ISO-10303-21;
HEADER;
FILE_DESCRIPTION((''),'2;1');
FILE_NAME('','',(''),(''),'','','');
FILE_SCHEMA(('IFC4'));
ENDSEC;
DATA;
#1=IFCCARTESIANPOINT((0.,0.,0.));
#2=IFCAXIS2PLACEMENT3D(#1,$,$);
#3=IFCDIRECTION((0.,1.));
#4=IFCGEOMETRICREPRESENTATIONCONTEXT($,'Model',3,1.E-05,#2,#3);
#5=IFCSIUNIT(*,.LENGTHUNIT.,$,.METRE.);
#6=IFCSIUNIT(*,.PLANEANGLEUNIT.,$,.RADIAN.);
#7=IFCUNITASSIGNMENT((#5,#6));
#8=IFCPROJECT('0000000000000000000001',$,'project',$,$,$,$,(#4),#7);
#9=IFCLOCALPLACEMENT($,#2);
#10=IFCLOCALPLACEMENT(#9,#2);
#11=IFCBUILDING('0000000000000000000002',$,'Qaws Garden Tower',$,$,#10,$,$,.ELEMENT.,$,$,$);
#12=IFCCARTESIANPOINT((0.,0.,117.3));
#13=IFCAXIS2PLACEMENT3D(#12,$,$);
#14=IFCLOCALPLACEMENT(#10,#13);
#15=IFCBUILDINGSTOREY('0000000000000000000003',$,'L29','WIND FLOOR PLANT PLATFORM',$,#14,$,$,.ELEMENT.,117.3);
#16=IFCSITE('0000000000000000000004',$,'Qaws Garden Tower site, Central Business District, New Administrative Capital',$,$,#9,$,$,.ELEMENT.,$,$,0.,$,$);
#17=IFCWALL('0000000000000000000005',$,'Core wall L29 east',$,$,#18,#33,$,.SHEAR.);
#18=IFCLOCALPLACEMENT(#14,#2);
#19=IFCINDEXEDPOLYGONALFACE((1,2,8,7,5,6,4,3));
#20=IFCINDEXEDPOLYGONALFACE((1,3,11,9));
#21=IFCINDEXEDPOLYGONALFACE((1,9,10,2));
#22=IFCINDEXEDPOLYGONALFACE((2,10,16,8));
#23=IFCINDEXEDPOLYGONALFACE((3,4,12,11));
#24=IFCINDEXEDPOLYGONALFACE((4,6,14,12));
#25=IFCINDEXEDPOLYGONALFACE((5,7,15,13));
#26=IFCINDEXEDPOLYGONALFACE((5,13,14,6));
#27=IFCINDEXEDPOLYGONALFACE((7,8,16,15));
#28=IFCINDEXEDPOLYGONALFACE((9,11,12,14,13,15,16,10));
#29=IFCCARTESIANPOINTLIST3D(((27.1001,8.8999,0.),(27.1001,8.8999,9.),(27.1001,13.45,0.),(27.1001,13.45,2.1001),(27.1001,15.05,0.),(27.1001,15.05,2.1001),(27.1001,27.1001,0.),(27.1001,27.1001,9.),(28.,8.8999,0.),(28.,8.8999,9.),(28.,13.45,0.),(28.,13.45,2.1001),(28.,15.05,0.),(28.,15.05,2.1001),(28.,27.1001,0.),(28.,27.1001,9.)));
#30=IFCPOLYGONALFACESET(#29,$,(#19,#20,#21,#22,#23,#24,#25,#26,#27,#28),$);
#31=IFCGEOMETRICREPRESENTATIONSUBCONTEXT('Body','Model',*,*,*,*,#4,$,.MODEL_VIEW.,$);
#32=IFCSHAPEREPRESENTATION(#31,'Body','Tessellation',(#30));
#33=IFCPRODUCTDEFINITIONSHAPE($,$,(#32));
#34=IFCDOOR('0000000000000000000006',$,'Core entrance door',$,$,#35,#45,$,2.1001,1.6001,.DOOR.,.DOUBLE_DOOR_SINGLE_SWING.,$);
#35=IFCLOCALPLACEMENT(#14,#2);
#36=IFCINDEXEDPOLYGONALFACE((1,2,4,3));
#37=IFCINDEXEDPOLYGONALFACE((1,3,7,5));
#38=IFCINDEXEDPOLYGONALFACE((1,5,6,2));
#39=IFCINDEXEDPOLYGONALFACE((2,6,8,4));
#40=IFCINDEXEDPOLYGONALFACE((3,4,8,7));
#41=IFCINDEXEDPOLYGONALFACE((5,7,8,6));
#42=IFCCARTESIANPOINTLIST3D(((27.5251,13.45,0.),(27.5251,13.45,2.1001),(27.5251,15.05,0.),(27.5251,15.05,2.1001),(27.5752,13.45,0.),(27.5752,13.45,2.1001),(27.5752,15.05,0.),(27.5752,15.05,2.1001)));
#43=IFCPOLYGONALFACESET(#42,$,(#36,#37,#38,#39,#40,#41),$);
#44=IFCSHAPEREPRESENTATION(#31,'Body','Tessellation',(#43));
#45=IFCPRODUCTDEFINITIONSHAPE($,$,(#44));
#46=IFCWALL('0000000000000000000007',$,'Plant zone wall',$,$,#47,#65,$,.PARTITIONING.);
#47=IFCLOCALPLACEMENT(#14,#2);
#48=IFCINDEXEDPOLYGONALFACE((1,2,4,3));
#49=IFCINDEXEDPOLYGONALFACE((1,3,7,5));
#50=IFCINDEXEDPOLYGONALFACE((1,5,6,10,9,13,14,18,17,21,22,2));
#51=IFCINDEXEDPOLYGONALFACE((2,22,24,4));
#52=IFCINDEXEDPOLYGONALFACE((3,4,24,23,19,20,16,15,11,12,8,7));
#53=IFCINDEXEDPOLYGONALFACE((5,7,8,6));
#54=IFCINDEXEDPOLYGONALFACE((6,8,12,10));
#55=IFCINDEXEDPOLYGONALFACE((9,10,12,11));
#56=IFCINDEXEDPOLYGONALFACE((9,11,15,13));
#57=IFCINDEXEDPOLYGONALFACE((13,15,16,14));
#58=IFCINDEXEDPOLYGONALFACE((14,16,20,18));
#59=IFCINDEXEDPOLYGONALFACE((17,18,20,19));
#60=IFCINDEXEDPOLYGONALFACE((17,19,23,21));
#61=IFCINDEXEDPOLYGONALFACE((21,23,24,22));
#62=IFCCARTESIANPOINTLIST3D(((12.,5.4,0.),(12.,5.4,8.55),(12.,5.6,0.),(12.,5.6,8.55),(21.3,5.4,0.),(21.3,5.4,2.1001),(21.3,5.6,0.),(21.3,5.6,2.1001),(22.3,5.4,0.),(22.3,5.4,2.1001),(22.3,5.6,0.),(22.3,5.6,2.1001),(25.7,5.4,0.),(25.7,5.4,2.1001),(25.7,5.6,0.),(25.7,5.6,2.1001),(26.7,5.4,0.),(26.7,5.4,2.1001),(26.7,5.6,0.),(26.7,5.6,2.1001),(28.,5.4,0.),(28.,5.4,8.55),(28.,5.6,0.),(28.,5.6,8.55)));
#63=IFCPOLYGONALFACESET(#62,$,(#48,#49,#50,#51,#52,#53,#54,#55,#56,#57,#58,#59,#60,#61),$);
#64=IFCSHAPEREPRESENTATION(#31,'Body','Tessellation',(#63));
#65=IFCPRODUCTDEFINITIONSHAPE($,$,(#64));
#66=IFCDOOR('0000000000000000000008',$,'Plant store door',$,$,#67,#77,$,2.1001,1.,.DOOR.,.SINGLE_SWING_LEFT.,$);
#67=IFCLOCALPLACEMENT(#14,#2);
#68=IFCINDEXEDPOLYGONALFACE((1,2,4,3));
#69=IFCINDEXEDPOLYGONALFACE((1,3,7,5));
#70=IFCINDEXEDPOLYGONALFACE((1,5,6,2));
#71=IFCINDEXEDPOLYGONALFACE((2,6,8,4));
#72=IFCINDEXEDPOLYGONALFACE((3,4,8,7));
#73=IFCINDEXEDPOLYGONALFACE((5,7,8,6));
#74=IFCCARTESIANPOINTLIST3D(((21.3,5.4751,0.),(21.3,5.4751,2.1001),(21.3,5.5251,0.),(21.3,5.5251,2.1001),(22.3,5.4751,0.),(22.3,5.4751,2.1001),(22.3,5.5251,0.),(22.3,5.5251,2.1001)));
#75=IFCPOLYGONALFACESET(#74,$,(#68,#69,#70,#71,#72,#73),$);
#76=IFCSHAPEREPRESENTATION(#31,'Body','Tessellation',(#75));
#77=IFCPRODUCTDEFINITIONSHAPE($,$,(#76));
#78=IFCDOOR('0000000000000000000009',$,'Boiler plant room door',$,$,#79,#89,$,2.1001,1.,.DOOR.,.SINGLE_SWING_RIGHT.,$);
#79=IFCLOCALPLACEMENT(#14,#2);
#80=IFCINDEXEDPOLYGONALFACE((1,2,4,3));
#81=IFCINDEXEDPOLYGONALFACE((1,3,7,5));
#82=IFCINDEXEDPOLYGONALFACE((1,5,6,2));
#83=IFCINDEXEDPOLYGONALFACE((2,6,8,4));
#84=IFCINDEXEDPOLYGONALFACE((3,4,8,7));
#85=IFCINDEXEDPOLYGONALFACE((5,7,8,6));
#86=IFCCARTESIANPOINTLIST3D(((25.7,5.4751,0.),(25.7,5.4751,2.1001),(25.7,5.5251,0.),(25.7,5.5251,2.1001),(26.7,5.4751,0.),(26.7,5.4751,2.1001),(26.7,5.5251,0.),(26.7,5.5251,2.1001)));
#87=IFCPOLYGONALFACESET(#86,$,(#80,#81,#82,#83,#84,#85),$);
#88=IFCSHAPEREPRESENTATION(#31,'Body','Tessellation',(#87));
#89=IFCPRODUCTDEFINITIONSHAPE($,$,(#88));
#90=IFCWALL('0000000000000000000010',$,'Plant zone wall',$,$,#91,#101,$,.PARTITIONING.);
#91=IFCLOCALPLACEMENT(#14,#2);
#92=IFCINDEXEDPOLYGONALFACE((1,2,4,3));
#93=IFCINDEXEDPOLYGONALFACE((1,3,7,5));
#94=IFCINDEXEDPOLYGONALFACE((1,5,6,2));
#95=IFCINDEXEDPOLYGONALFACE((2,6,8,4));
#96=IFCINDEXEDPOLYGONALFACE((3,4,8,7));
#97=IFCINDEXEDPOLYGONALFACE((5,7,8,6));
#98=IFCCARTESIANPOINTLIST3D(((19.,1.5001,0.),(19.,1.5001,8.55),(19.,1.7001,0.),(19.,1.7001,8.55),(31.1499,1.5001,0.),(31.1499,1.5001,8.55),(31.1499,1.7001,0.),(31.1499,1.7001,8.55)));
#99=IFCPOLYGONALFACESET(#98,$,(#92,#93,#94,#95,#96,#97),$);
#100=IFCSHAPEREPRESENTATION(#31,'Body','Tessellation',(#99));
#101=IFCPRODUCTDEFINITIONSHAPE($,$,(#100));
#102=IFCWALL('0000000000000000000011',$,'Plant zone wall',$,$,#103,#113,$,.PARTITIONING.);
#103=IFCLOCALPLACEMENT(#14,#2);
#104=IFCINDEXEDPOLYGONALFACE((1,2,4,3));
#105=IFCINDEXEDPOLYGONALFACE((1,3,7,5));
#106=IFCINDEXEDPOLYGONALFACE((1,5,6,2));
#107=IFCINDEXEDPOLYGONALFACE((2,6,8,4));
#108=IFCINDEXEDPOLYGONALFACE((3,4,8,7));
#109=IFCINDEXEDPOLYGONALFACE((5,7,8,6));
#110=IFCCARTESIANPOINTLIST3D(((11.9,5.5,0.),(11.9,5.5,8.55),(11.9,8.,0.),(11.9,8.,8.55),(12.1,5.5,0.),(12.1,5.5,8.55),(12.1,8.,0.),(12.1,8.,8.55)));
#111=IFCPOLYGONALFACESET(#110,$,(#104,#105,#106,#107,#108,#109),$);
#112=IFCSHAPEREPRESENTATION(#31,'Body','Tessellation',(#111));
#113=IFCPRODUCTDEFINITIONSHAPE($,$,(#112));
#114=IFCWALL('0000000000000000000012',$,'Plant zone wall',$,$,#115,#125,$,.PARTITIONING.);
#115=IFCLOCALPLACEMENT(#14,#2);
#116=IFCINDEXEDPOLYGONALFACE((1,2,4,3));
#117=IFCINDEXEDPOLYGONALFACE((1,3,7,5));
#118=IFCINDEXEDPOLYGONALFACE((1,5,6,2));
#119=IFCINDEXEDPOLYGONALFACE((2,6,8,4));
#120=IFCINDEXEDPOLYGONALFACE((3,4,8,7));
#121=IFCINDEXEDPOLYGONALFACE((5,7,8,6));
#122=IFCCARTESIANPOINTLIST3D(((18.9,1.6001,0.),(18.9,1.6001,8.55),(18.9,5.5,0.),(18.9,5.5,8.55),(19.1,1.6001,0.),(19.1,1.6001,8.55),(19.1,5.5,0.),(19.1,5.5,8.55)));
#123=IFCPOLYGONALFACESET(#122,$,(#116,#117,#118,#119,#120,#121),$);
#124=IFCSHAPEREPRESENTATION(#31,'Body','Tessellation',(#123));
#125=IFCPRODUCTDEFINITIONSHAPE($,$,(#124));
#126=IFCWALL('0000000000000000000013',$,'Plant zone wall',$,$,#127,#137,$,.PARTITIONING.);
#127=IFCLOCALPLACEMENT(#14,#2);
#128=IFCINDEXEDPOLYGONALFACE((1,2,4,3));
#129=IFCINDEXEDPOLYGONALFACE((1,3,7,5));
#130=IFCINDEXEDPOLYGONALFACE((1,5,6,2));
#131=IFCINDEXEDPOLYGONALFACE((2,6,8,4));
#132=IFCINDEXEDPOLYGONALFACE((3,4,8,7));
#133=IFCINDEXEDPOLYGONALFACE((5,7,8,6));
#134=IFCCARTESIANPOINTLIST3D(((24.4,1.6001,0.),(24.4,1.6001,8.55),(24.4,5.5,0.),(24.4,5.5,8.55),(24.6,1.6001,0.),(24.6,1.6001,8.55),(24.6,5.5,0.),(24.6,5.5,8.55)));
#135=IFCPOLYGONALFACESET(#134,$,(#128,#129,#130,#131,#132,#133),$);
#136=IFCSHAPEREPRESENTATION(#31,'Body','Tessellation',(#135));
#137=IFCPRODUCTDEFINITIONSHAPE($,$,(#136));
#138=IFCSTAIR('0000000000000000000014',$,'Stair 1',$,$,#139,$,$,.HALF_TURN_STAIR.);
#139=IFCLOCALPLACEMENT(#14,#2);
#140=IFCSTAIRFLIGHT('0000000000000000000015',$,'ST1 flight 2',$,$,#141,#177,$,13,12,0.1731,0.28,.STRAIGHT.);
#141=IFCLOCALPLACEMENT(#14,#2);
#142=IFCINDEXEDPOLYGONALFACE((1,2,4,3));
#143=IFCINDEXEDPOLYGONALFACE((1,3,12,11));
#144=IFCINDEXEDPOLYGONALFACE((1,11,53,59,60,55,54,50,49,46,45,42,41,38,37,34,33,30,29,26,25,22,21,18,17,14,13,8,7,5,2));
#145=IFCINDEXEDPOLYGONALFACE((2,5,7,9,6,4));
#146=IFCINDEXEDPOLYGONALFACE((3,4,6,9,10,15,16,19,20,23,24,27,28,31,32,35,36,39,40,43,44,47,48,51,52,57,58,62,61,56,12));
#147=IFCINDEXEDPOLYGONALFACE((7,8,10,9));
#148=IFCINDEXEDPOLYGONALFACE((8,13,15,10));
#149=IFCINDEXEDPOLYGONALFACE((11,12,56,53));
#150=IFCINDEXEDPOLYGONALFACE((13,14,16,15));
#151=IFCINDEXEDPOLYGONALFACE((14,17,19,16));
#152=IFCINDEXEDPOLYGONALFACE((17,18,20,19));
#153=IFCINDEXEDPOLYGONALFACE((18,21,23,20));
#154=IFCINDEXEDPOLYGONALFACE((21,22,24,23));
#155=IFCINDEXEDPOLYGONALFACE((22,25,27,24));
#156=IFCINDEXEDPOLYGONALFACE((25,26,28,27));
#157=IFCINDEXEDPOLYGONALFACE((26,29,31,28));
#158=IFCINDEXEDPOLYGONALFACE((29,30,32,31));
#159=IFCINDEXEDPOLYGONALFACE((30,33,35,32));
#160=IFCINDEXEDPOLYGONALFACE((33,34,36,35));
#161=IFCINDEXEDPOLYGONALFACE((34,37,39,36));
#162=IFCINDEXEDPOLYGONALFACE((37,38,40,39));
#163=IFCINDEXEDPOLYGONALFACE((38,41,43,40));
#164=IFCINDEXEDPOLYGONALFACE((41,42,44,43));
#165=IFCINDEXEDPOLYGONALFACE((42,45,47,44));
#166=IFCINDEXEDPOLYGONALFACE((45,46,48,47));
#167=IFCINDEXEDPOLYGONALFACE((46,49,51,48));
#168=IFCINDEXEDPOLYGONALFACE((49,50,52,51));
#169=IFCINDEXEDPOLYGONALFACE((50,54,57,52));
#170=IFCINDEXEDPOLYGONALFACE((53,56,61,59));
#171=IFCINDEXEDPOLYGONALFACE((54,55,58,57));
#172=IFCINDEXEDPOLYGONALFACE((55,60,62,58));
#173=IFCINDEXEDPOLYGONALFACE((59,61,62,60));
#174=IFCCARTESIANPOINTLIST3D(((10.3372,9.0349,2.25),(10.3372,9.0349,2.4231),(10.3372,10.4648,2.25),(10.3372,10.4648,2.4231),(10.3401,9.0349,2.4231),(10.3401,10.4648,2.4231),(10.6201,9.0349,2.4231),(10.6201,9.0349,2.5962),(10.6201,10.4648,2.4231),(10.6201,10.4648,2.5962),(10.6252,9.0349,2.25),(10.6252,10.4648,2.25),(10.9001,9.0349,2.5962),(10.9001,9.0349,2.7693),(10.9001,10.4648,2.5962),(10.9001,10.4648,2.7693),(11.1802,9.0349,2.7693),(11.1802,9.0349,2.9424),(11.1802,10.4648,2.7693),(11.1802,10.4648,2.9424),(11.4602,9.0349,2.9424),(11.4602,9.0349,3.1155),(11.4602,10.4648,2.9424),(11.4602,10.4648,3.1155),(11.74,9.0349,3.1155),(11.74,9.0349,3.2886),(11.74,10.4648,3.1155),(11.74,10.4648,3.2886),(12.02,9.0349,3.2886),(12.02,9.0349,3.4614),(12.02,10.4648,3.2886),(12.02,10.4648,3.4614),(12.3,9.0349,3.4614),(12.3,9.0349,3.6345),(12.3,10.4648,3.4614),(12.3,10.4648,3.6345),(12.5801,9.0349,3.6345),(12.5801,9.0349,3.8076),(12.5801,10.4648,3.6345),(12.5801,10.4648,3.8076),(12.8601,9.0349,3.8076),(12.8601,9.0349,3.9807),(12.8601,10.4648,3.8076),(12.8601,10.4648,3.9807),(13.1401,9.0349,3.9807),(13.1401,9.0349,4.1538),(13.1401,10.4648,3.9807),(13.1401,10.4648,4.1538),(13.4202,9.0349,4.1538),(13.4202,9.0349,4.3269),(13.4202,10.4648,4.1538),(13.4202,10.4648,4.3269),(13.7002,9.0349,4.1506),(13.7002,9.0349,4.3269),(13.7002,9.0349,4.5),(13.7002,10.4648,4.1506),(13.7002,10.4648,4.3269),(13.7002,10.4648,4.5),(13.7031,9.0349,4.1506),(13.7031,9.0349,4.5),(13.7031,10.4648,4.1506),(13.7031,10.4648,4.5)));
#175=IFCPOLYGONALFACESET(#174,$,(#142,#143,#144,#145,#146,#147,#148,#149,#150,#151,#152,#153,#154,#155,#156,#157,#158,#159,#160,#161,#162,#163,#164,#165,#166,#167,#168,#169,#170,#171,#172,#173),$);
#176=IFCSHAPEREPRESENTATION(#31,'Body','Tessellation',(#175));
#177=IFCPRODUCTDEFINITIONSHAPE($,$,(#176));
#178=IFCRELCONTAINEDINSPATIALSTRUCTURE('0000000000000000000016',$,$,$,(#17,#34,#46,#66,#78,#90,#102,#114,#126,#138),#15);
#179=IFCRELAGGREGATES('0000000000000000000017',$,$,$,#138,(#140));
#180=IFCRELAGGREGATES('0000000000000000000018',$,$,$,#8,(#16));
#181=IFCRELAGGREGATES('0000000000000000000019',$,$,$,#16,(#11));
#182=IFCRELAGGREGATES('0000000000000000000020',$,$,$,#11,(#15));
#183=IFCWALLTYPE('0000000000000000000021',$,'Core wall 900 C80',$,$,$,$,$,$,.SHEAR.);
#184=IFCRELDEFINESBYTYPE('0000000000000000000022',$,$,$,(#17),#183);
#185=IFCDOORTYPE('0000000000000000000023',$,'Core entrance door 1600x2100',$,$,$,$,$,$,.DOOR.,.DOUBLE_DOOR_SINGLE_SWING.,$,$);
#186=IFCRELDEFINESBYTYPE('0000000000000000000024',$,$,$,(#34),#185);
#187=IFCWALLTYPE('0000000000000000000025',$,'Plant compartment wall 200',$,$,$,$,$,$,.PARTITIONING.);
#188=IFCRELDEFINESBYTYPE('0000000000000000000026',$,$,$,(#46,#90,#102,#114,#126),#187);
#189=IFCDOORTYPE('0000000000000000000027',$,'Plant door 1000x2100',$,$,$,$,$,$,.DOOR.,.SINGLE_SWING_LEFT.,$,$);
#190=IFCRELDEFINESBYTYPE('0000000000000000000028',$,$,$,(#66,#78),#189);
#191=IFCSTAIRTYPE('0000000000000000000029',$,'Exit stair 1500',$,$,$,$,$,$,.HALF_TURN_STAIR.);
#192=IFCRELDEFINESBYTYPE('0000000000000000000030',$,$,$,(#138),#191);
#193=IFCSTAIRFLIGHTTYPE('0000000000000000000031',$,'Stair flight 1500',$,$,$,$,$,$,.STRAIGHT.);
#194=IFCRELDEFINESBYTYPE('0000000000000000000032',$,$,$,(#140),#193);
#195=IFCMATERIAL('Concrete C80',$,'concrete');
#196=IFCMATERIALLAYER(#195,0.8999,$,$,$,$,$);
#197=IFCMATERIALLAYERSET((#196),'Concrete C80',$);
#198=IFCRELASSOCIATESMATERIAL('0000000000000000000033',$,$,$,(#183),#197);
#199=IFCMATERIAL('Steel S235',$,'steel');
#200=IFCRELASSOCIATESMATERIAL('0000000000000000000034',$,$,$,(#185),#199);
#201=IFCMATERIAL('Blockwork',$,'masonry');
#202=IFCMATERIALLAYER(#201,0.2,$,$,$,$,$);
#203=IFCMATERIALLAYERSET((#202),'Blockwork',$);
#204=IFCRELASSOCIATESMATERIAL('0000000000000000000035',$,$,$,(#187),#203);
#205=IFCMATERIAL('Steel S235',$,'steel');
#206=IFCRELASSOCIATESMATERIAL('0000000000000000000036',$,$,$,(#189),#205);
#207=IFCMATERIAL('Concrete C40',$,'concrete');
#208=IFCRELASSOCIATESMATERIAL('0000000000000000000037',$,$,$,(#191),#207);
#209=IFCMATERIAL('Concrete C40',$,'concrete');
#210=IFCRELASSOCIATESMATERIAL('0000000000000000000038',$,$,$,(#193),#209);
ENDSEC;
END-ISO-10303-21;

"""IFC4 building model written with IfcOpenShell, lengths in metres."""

from ifc_helpers import new_model, si_unit, direction, frame, frame_2d, origin, place, context, subcontext, project, spatial, polyline, rectangle, outline, extrude, material, layer, layer_set, type_object, element, fill, aggregate, save


model = new_model("IFC4")

# Units and contexts
model_context = context("Model", 3, precision=1e-05, world=origin(), true_north=direction((0.0, 1.0)))
body_context = subcontext(model_context, "Body", "Model", "MODEL_VIEW")
ifc_project = project(units=[si_unit("LENGTHUNIT", "METRE"), si_unit("PLANEANGLEUNIT", "RADIAN")], contexts=[model_context])

# Site, building, storey
site_placement = place(None, origin())
site = spatial("IfcSite", under=ifc_project, at=site_placement, Name="Qaws Garden Tower site, Central Business District, New Administrative Capital", CompositionType="ELEMENT", RefElevation=0.0)
building_placement = place(site_placement, origin())
building = spatial("IfcBuilding", under=site, at=building_placement, Name="Qaws Garden Tower", CompositionType="ELEMENT")
storey_placement = place(building_placement, frame((0.0, 0.0, 117.3)))
storey = spatial("IfcBuildingStorey", under=building, at=storey_placement, Name="L29", Description="WIND FLOOR PLANT PLATFORM", CompositionType="ELEMENT", Elevation=117.3)

# Wall, opening, door
ifc_material_1 = material(Name="Concrete C80", Category="concrete")
ifc_layer_1 = layer(ifc_material_1, 0.8999)
ifc_layer_set_1 = layer_set([ifc_layer_1], Name="Concrete C80")
wall_type_1 = type_object("IfcWallType", Name="Core wall 900 C80", PredefinedType="SHEAR", material=ifc_layer_set_1)
wall_1_placement = place(storey_placement, frame((27.55, 8.8999, 0.0), z_axis=(0.0, 0.0, 1.0), x_axis=(0.0, 1.0, 0.0)))
wall_1 = element("IfcWall", 1, at=wall_1_placement, inside=storey, type_object=wall_type_1, Name="Core wall L29 east", PredefinedType="SHEAR", context=body_context, shape_type="SweptSolid", body=[
    extrude(rectangle(XDim=18.2002, YDim=0.8999, at=frame_2d((9.1001, 0.0))), origin(), (0.0, 0.0, 1.0), 9.0),
])
opening_1_placement = place(wall_1_placement, frame((4.55, 0.0, 0.0)))
opening_1 = element("IfcOpeningElement", 2, at=opening_1_placement, cuts=wall_1, PredefinedType="OPENING", context=body_context, shape_type="SweptSolid", body=[
    extrude(rectangle(XDim=1.6001, YDim=2.1001, at=frame_2d((0.8, 1.05))), frame((0.0, 0.46, 0.0), z_axis=(0.0, -1.0, 0.0), x_axis=(1.0, 0.0, 0.0)), (0.0, 0.0, 1.0), 0.9199),
])
ifc_material_2 = material(Name="Steel S235", Category="steel")
door_type_1 = type_object("IfcDoorType", Name="Core entrance door 1600x2100", OperationType="DOUBLE_DOOR_SINGLE_SWING", PredefinedType="DOOR", material=ifc_material_2)
door_1_placement = place(opening_1_placement, origin())
door_1 = element("IfcDoor", 3, at=door_1_placement, inside=storey, type_object=door_type_1, Name="Core entrance door", OperationType="DOUBLE_DOOR_SINGLE_SWING", OverallHeight=2.1001, OverallWidth=1.6001, PredefinedType="DOOR", context=body_context, shape_type="SweptSolid", body=[
    extrude(rectangle(XDim=1.6001, YDim=2.1001, at=frame_2d((0.8, 1.05))), frame((0.0, 0.0249, 0.0), z_axis=(0.0, -1.0, 0.0), x_axis=(1.0, 0.0, 0.0)), (0.0, 0.0, 1.0), 0.05),
])
fill(opening_1, door_1)

# Wall, openings, doors
ifc_material_3 = material(Name="Blockwork", Category="masonry")
ifc_layer_2 = layer(ifc_material_3, 0.2)
ifc_layer_set_2 = layer_set([ifc_layer_2], Name="Blockwork")
wall_type_2 = type_object("IfcWallType", Name="Plant compartment wall 200", PredefinedType="PARTITIONING", material=ifc_layer_set_2)
wall_2_placement = place(storey_placement, frame((12.0, 5.5, 0.0), z_axis=(0.0, 0.0, 1.0), x_axis=(1.0, 0.0, 0.0)))
wall_2 = element("IfcWall", 4, at=wall_2_placement, inside=storey, type_object=wall_type_2, Name="Plant zone wall", PredefinedType="PARTITIONING", context=body_context, shape_type="SweptSolid", body=[
    extrude(rectangle(XDim=16.0, YDim=0.2, at=frame_2d((8.0, 0.0))), origin(), (0.0, 0.0, 1.0), 8.55),
])
opening_2_placement = place(wall_2_placement, frame((9.3, 0.0, 0.0)))
opening_2 = element("IfcOpeningElement", 5, at=opening_2_placement, cuts=wall_2, PredefinedType="OPENING", context=body_context, shape_type="SweptSolid", body=[
    extrude(rectangle(XDim=1.0, YDim=2.1001, at=frame_2d((0.5, 1.05))), frame((0.0, 0.1099, 0.0), z_axis=(0.0, -1.0, 0.0), x_axis=(1.0, 0.0, 0.0)), (0.0, 0.0, 1.0), 0.22),
])
opening_3_placement = place(wall_2_placement, frame((13.7, 0.0, 0.0)))
opening_3 = element("IfcOpeningElement", 6, at=opening_3_placement, cuts=wall_2, PredefinedType="OPENING", context=body_context, shape_type="SweptSolid", body=[
    extrude(rectangle(XDim=1.0, YDim=2.1001, at=frame_2d((0.5, 1.05))), frame((0.0, 0.1099, 0.0), z_axis=(0.0, -1.0, 0.0), x_axis=(1.0, 0.0, 0.0)), (0.0, 0.0, 1.0), 0.22),
])
ifc_material_4 = material(Name="Steel S235", Category="steel")
door_type_2 = type_object("IfcDoorType", Name="Plant door 1000x2100", OperationType="SINGLE_SWING_LEFT", PredefinedType="DOOR", material=ifc_material_4)
door_2_placement = place(opening_2_placement, frame((1.0, 0.0, 0.0), z_axis=(0.0, 0.0, 1.0), x_axis=(-1.0, 0.0, 0.0)))
door_2 = element("IfcDoor", 7, at=door_2_placement, inside=storey, type_object=door_type_2, Name="Plant store door", OperationType="SINGLE_SWING_LEFT", OverallHeight=2.1001, OverallWidth=1.0, PredefinedType="DOOR", context=body_context, shape_type="SweptSolid", body=[
    extrude(rectangle(XDim=1.0, YDim=2.1001, at=frame_2d((0.5, 1.05))), frame((0.0, 0.0249, 0.0), z_axis=(0.0, -1.0, 0.0), x_axis=(1.0, 0.0, 0.0)), (0.0, 0.0, 1.0), 0.05),
])
fill(opening_2, door_2)
door_3_placement = place(opening_3_placement, frame((1.0, 0.0, 0.0), z_axis=(0.0, 0.0, 1.0), x_axis=(-1.0, 0.0, 0.0)))
door_3 = element("IfcDoor", 8, at=door_3_placement, inside=storey, type_object=door_type_2, Name="Boiler plant room door", OperationType="SINGLE_SWING_RIGHT", OverallHeight=2.1001, OverallWidth=1.0, PredefinedType="DOOR", context=body_context, shape_type="SweptSolid", body=[
    extrude(rectangle(XDim=1.0, YDim=2.1001, at=frame_2d((0.5, 1.05))), frame((0.0, 0.0249, 0.0), z_axis=(0.0, -1.0, 0.0), x_axis=(1.0, 0.0, 0.0)), (0.0, 0.0, 1.0), 0.05),
])
fill(opening_3, door_3)

# Walls
wall_3_placement = place(storey_placement, frame((19.0, 1.6001, 0.0), z_axis=(0.0, 0.0, 1.0), x_axis=(1.0, 0.0, 0.0)))
element("IfcWall", 9, at=wall_3_placement, inside=storey, type_object=wall_type_2, Name="Plant zone wall", PredefinedType="PARTITIONING", context=body_context, shape_type="SweptSolid", body=[
    extrude(rectangle(XDim=12.1499, YDim=0.2, at=frame_2d((6.075, 0.0))), origin(), (0.0, 0.0, 1.0), 8.55),
])
wall_4_placement = place(storey_placement, frame((12.0, 5.5, 0.0), z_axis=(0.0, 0.0, 1.0), x_axis=(0.0, 1.0, 0.0)))
element("IfcWall", 10, at=wall_4_placement, inside=storey, type_object=wall_type_2, Name="Plant zone wall", PredefinedType="PARTITIONING", context=body_context, shape_type="SweptSolid", body=[
    extrude(rectangle(XDim=2.5, YDim=0.2, at=frame_2d((1.25, 0.0))), origin(), (0.0, 0.0, 1.0), 8.55),
])
for number, where, z_axis, x_axis, name in (
    (11, (19.0, 1.6001, 0.0), (0.0, 0.0, 1.0), (0.0, 1.0, 0.0), "Plant zone wall"),
    (12, (24.5, 1.6001, 0.0), (0.0, 0.0, 1.0), (0.0, 1.0, 0.0), "Plant zone wall"),
):
    element("IfcWall", number, at=place(storey_placement, frame(where, z_axis=z_axis, x_axis=x_axis)), inside=storey, type_object=wall_type_2, Name=name, PredefinedType="PARTITIONING", context=body_context, shape_type="SweptSolid", body=[
        extrude(rectangle(XDim=3.8999, YDim=0.2, at=frame_2d((1.95, 0.0))), origin(), (0.0, 0.0, 1.0), 8.55),
    ])

# Stair, stair flight
ifc_material_5 = material(Name="Concrete C40", Category="concrete")
stair_type = type_object("IfcStairType", Name="Exit stair 1500", PredefinedType="HALF_TURN_STAIR", material=ifc_material_5)
stair_placement = place(storey_placement, origin())
stair = element("IfcStair", 13, at=stair_placement, inside=storey, type_object=stair_type, Name="Stair 1", PredefinedType="HALF_TURN_STAIR")
ifc_material_6 = material(Name="Concrete C40", Category="concrete")
stair_flight_type = type_object("IfcStairFlightType", Name="Stair flight 1500", PredefinedType="STRAIGHT", material=ifc_material_6)
stair_flight_1_placement = place(storey_placement, frame((10.3401, 9.75, 2.25), z_axis=(0.0, 0.0, 1.0), x_axis=(1.0, 0.0, 0.0)))
stair_flight_1 = element("IfcStairFlight", 14, at=stair_flight_1_placement, type_object=stair_flight_type, Name="ST1 flight 2", NumberOfRisers=13, NumberOfTreads=12, PredefinedType="STRAIGHT", RiserHeight=0.1731, TreadLength=0.28, context=body_context, shape_type="SweptSolid", body=[
    extrude(outline(polyline([(-0.0029, 0.0), (-0.0029, 0.1731), (0.0, 0.1731), (0.28, 0.1731), (0.28, 0.3462), (0.5601, 0.3462), (0.5601, 0.5193), (0.8401, 0.5193), (0.8401, 0.6924), (1.1201, 0.6924), (1.1201, 0.8655), (1.3999, 0.8655), (1.3999, 1.0386), (1.6799, 1.0386), (1.6799, 1.2114), (1.96, 1.2114), (1.96, 1.3845), (2.24, 1.3845), (2.24, 1.5576), (2.52, 1.5576), (2.52, 1.7307), (2.8, 1.7307), (2.8, 1.9038), (3.0801, 1.9038), (3.0801, 2.0769), (3.3601, 2.0769), (3.3601, 2.25), (3.363, 2.25), (3.363, 1.9006), (3.3601, 1.9006), (0.2852, 0.0), (-0.0029, 0.0)])), frame((0.0, 0.7148, 0.0), z_axis=(0.0, -1.0, 0.0), x_axis=(1.0, 0.0, 0.0)), (0.0, 0.0, 1.0), 1.4299),
])
aggregate(stair, [stair_flight_1])

save(model, "model.ifc")
